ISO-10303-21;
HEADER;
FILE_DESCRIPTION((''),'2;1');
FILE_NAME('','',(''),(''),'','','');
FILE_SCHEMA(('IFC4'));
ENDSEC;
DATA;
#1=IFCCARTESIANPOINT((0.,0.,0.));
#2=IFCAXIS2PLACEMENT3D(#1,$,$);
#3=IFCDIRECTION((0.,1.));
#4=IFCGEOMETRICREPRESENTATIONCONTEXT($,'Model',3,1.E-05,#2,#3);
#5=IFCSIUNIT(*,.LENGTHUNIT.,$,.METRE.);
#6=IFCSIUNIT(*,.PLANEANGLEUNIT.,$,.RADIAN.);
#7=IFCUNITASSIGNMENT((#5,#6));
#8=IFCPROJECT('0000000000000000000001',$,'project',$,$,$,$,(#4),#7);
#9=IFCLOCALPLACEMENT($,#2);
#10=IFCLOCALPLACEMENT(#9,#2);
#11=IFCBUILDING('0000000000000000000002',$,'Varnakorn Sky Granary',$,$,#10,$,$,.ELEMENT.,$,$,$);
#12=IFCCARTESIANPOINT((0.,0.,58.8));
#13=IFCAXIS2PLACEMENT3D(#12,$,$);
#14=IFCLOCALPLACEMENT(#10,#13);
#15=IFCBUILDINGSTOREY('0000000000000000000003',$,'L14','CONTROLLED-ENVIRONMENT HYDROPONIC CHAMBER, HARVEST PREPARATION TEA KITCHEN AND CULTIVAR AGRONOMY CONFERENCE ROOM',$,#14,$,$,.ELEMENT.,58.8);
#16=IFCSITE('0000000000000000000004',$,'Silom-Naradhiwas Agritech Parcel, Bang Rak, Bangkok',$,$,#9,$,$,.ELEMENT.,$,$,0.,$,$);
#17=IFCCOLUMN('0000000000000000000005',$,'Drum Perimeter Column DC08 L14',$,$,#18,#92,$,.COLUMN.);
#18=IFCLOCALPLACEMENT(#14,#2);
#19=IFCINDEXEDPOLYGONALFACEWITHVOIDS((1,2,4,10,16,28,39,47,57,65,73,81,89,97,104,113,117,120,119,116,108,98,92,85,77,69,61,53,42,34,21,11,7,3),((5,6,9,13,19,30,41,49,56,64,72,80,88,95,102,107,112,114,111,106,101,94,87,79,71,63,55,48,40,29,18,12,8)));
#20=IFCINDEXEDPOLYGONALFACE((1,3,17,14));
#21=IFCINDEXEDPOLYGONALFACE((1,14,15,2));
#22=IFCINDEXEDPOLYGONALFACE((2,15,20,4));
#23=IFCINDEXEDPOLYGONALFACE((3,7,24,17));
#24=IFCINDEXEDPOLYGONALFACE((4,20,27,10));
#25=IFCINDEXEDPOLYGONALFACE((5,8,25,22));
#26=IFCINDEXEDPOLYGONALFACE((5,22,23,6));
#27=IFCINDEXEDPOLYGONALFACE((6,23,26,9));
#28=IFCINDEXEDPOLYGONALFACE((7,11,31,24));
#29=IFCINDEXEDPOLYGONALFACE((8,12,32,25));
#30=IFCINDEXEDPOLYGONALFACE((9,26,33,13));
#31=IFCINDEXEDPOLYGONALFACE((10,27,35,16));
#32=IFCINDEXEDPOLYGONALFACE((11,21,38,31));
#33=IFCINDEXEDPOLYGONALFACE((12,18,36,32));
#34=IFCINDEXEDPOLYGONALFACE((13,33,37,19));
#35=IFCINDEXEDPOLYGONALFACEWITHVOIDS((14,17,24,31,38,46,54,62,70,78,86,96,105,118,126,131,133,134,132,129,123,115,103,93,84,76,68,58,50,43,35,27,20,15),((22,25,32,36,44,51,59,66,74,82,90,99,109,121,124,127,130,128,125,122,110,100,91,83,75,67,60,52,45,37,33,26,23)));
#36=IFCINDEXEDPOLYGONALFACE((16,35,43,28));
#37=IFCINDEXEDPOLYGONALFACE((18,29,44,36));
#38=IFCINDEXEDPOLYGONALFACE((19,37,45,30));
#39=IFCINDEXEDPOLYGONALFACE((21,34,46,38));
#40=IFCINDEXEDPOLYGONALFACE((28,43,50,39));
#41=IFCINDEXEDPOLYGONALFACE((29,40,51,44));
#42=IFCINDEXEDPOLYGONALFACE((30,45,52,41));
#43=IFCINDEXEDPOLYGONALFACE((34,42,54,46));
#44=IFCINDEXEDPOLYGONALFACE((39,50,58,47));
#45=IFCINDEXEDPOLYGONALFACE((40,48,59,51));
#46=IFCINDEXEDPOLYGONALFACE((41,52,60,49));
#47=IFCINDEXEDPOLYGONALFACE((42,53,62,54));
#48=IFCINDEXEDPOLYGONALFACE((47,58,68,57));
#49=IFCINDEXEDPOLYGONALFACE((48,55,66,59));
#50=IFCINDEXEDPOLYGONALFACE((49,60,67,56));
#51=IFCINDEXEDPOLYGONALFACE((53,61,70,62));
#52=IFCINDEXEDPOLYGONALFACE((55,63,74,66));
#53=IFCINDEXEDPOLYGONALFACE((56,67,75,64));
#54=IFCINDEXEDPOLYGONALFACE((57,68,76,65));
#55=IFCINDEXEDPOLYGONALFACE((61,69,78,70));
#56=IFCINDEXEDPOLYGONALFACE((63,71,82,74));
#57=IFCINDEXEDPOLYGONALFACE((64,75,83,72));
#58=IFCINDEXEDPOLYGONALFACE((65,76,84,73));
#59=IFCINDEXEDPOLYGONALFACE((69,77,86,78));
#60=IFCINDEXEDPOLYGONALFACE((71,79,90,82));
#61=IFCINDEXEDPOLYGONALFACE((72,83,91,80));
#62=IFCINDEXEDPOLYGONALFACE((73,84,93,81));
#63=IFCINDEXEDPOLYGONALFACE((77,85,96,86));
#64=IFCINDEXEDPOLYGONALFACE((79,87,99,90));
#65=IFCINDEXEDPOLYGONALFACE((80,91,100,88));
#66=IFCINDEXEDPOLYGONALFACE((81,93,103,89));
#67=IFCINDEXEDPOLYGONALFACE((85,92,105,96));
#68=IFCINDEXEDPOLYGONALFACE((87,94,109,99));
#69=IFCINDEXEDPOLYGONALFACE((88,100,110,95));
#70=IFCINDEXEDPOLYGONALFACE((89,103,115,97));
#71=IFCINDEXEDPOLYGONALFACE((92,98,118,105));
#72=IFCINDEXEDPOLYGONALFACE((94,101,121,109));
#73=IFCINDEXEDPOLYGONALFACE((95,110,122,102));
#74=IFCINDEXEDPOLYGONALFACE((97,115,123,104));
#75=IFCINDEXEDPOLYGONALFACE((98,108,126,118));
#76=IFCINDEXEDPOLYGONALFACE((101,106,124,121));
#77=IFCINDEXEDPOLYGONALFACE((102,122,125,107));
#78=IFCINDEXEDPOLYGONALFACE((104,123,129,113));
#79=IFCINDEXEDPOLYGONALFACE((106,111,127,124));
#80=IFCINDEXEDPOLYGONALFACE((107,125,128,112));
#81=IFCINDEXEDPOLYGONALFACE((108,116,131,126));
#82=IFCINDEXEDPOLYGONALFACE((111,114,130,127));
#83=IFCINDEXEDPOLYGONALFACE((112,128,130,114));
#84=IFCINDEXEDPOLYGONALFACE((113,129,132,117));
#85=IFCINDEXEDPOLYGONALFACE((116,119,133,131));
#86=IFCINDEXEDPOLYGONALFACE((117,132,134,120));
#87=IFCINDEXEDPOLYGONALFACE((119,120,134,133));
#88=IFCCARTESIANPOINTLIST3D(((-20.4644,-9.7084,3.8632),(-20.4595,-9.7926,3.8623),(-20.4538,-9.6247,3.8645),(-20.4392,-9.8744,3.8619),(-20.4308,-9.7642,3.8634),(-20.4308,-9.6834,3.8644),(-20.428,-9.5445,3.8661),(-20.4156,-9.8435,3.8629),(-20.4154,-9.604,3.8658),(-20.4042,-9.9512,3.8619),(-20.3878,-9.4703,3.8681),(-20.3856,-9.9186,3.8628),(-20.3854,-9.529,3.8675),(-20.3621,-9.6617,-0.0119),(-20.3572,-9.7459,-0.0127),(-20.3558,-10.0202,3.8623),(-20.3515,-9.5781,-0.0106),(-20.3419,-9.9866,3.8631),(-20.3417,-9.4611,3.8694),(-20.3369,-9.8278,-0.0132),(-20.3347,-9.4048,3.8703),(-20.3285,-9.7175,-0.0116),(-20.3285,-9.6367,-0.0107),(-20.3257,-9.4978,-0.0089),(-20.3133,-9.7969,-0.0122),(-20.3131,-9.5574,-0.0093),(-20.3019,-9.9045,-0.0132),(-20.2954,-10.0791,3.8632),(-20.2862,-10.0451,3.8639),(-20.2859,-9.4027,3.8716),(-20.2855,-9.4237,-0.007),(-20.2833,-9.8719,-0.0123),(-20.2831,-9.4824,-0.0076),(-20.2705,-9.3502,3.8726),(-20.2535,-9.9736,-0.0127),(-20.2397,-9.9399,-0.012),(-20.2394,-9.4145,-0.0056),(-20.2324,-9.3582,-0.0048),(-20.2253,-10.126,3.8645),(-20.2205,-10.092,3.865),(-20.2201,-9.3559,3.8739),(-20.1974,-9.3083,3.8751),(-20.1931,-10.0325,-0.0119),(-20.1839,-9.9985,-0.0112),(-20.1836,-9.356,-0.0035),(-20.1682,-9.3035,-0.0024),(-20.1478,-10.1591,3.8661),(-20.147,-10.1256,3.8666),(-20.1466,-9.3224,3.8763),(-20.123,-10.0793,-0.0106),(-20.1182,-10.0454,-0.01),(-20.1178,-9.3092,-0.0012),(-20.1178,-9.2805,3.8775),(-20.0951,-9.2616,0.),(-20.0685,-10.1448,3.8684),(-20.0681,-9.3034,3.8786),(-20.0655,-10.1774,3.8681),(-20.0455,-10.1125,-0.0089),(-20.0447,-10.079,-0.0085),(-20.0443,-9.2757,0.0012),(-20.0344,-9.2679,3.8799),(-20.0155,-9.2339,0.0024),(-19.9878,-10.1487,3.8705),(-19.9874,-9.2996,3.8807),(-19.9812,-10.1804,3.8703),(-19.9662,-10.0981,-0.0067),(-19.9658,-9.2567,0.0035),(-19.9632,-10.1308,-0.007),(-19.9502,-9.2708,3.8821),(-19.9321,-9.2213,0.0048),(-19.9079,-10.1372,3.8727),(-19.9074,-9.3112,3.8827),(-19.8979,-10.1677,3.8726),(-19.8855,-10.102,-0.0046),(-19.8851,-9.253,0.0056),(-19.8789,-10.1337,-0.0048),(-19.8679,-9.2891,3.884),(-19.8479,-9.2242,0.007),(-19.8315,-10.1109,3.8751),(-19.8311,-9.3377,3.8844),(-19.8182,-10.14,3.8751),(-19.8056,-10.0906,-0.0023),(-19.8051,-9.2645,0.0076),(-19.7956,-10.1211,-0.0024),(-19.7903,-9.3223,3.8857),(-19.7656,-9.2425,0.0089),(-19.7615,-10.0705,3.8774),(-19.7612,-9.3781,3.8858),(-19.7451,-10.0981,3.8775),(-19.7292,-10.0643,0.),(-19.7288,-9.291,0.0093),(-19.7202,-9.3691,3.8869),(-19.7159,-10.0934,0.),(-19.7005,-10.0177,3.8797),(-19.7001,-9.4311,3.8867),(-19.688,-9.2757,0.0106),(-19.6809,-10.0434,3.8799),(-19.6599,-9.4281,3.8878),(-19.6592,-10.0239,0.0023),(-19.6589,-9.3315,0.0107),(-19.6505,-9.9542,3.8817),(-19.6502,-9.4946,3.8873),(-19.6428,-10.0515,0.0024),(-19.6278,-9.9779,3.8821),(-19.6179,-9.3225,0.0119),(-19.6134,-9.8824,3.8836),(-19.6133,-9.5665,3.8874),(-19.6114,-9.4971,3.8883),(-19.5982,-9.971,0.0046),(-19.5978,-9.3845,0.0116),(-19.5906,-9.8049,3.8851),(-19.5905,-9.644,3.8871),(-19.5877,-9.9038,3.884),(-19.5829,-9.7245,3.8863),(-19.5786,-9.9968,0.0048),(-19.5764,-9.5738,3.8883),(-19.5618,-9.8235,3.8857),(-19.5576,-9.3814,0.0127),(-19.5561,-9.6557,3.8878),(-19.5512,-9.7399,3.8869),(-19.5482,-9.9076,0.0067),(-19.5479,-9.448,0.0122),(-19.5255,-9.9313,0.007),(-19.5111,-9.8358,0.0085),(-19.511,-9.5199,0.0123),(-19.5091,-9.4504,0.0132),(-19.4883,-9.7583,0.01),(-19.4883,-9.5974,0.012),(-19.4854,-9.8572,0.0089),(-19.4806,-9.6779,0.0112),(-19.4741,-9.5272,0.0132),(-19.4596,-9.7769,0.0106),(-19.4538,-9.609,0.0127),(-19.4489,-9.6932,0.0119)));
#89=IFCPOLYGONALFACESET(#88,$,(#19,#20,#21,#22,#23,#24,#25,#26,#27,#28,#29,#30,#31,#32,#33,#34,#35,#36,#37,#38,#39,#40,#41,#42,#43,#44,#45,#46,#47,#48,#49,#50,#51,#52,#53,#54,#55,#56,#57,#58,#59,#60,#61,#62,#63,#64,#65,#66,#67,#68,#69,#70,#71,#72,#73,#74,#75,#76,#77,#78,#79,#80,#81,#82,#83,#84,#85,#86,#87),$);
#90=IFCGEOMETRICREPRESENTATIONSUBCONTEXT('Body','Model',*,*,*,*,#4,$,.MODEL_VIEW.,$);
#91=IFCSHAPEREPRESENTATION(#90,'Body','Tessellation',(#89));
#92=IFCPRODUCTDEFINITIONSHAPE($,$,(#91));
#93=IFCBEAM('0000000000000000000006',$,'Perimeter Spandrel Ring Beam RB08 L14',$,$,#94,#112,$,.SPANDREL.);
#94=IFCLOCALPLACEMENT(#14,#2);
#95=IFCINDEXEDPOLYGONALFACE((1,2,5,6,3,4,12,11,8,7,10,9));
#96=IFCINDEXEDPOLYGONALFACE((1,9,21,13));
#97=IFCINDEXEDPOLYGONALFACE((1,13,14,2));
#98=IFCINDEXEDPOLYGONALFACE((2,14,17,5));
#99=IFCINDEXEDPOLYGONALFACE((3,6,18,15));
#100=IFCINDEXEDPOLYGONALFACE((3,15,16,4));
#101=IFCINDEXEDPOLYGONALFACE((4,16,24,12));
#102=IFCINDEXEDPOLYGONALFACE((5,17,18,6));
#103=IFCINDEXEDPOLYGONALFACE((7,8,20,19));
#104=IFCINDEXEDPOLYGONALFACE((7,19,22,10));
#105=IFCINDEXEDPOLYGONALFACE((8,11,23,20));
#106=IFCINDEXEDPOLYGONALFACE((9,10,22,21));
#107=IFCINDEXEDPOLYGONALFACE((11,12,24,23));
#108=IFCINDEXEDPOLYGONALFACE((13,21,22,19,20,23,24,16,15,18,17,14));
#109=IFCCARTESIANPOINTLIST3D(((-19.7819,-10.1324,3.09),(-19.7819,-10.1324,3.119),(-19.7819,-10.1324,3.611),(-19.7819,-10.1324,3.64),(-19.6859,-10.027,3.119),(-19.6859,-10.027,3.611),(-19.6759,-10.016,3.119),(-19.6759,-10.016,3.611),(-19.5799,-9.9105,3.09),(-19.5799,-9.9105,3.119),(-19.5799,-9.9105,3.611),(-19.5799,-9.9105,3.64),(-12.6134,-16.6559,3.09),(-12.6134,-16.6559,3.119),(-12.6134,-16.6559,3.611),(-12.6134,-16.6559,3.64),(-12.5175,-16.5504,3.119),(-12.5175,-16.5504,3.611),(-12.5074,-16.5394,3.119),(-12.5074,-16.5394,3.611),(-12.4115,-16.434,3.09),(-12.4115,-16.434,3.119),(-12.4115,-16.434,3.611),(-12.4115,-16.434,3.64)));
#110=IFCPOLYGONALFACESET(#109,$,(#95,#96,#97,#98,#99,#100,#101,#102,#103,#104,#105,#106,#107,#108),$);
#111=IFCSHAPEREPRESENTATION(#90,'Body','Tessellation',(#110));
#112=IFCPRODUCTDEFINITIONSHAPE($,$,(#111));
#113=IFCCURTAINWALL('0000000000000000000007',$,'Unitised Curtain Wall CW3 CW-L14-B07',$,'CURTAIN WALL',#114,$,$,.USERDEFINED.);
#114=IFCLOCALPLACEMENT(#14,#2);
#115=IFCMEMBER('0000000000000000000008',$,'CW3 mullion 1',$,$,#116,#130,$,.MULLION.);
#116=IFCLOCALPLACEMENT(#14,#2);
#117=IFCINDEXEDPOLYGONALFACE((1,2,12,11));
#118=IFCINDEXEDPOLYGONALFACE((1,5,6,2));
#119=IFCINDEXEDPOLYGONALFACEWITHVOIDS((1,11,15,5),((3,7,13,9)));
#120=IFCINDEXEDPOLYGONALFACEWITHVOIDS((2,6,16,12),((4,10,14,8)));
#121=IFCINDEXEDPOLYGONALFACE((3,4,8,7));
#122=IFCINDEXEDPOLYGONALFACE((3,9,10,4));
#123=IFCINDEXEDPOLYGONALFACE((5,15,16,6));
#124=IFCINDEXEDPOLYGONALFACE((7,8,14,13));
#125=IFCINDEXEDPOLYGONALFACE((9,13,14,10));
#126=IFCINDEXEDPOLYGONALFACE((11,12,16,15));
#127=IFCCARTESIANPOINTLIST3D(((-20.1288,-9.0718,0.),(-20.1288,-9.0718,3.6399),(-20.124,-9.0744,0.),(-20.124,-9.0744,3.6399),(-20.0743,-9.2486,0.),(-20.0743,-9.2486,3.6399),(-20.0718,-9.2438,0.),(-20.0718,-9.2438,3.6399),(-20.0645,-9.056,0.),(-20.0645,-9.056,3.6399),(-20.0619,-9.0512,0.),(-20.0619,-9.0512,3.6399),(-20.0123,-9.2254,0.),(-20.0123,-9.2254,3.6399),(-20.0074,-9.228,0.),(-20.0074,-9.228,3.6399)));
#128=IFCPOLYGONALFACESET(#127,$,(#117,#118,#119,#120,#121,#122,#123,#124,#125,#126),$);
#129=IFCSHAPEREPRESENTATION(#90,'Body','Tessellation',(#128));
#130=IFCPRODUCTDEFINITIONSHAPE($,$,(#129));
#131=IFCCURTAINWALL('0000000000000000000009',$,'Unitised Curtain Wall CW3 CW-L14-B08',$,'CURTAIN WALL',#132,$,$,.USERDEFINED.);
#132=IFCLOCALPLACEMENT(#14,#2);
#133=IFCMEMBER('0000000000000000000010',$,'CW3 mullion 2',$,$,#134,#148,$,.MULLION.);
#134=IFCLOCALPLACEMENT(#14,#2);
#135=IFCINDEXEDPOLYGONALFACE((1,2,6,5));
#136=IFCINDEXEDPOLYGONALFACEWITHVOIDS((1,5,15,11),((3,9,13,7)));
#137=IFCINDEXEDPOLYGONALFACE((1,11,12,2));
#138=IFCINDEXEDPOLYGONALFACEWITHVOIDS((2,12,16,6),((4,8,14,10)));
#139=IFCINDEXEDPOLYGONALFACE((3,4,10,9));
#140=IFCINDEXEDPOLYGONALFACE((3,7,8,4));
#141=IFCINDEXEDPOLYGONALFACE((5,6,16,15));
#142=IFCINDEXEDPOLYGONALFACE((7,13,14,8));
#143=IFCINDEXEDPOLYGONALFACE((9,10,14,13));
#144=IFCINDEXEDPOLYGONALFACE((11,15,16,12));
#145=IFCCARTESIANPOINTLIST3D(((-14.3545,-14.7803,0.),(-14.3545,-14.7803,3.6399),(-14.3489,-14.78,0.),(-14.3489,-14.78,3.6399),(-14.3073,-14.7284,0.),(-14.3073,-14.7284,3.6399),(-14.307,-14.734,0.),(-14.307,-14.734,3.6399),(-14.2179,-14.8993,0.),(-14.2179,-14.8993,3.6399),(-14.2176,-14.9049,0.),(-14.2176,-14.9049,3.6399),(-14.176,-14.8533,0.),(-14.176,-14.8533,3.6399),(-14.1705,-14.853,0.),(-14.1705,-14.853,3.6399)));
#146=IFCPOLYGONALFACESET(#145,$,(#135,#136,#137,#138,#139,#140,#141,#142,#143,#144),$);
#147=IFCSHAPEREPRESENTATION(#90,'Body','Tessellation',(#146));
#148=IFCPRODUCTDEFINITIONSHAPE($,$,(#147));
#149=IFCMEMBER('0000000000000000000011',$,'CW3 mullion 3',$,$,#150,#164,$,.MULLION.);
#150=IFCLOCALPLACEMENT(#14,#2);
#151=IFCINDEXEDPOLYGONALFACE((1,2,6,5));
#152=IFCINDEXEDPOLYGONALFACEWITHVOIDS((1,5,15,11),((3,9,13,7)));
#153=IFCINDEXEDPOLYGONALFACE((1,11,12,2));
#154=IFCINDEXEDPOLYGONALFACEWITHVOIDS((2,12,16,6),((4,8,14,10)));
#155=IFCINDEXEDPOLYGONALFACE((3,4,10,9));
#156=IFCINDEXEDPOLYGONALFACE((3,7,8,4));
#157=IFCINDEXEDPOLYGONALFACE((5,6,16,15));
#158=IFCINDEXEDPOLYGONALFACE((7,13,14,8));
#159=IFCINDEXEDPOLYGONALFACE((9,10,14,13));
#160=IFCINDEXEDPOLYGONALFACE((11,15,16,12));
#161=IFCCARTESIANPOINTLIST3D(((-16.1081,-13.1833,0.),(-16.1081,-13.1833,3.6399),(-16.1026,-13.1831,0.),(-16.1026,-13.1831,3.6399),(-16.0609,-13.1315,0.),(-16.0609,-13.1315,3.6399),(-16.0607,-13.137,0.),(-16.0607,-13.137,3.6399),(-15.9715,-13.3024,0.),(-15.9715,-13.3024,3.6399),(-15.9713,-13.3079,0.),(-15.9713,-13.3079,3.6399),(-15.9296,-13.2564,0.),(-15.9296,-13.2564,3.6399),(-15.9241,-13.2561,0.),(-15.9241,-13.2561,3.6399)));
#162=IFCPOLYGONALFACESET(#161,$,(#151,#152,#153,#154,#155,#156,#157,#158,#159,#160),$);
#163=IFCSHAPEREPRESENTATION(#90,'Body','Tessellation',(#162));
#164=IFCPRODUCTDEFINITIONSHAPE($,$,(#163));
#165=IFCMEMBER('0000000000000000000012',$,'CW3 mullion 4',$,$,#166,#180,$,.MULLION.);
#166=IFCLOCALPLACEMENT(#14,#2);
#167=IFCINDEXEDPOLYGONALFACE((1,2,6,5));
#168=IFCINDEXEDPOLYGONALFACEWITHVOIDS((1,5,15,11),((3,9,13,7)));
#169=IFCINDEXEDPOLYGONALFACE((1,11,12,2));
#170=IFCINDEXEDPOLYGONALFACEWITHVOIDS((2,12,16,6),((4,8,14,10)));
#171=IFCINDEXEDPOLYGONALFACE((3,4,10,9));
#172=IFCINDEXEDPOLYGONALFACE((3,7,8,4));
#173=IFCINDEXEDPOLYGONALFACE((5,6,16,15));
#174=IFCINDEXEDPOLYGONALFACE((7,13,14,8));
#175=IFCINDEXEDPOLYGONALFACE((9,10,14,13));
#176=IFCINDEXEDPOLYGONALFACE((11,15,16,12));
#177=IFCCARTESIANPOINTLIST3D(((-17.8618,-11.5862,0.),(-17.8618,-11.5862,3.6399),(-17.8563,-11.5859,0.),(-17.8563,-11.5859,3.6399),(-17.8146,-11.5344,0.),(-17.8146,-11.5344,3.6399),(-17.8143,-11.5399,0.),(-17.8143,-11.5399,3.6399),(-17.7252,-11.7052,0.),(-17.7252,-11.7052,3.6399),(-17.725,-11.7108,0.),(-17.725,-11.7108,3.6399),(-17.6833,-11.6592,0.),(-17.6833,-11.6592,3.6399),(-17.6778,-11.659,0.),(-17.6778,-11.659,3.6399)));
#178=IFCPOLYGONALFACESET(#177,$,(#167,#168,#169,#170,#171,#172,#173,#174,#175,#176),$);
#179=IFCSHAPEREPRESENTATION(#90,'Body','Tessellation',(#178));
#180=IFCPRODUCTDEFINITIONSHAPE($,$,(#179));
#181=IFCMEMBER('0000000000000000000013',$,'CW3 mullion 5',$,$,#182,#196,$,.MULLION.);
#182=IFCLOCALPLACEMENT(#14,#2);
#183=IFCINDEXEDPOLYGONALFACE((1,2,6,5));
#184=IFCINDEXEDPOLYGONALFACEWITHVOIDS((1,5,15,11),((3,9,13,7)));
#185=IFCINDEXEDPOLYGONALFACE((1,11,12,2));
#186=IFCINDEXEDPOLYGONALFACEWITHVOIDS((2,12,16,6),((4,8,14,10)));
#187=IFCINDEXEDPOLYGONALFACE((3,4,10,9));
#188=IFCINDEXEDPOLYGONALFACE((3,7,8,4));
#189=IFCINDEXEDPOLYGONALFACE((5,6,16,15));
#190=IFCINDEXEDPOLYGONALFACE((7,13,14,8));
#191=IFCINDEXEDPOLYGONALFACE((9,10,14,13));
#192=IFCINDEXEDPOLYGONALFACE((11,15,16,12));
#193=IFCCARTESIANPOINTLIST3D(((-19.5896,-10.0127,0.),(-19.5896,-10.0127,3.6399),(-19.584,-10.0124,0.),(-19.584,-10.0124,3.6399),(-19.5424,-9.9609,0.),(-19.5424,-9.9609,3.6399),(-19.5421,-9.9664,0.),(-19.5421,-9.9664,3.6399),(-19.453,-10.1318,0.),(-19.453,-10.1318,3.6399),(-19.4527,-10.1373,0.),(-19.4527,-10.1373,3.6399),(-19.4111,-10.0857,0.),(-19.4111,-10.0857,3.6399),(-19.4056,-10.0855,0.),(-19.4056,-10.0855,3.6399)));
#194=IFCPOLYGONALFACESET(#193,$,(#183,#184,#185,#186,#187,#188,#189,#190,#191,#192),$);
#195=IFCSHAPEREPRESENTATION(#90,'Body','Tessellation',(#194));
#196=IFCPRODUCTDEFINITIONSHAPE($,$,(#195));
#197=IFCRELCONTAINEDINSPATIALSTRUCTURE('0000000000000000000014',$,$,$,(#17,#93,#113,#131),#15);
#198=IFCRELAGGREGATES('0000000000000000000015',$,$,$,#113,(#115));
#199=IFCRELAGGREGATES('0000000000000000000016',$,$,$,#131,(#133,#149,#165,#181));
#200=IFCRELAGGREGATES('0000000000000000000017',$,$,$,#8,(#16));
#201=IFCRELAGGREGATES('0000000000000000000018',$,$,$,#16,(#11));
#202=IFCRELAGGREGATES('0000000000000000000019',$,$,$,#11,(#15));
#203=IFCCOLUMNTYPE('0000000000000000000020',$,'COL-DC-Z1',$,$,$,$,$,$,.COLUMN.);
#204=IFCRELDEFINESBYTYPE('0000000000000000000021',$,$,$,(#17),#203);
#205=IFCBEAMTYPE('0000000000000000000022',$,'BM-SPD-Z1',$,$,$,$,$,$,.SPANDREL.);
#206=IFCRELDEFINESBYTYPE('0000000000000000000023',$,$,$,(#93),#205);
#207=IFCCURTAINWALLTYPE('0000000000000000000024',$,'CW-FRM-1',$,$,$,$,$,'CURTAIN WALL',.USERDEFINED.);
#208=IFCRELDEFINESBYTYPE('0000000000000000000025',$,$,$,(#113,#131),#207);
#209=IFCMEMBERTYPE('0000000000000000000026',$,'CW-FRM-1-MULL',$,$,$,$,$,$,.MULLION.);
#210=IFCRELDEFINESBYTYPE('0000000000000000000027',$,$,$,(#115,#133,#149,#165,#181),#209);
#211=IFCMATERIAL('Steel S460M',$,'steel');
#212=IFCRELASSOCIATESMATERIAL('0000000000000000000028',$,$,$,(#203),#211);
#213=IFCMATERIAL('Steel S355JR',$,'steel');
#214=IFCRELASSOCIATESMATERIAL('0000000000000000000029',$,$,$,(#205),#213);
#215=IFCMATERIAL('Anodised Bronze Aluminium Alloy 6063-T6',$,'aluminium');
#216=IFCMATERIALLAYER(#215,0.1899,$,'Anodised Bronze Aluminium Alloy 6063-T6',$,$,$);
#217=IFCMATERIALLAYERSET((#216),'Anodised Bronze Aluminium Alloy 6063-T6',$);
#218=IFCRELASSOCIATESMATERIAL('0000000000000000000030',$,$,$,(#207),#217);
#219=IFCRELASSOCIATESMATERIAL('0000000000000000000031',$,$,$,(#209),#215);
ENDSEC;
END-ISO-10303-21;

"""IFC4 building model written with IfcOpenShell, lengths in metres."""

from ifc_helpers import new_model, si_unit, direction, frame, origin, origin_2d, place, context, subcontext, project, spatial, hollow_rectangle, hollow_circle, i_section, extrude, material, layer, layer_set, material_profile, profile_set, type_object, element, aggregate, save


model = new_model("IFC4")

# Units and contexts
model_context = context("Model", 3, precision=1e-05, world=origin(), true_north=direction((0.0, 1.0)))
body_context = subcontext(model_context, "Body", "Model", "MODEL_VIEW")
ifc_project = project(units=[si_unit("LENGTHUNIT", "METRE"), si_unit("PLANEANGLEUNIT", "RADIAN")], contexts=[model_context])

# Site, building, storey
site_placement = place(None, origin())
site = spatial("IfcSite", under=ifc_project, at=site_placement, Name="Silom-Naradhiwas Agritech Parcel, Bang Rak, Bangkok", CompositionType="ELEMENT", RefElevation=0.0)
building_placement = place(site_placement, origin())
building = spatial("IfcBuilding", under=site, at=building_placement, Name="Varnakorn Sky Granary", CompositionType="ELEMENT")
storey_placement = place(building_placement, frame((0.0, 0.0, 58.8)))
storey = spatial("IfcBuildingStorey", under=building, at=storey_placement, Name="L14", Description="CONTROLLED-ENVIRONMENT HYDROPONIC CHAMBER, HARVEST PREPARATION TEA KITCHEN AND CULTIVAR AGRONOMY CONFERENCE ROOM", CompositionType="ELEMENT", Elevation=58.8)

# Column
ifc_material_1 = material(Name="Steel S460M", Category="steel")
ifc_material_profile_1 = material_profile(ifc_material_1, hollow_circle(Radius=0.457, WallThickness=0.032, at=origin_2d()), Name="CHS 914x32")
ifc_profile_set_1 = profile_set([ifc_material_profile_1], Name="Steel S460M")
column_type = type_object("IfcColumnType", Name="COL-DC-Z1", PredefinedType="COLUMN", material=ifc_profile_set_1)
column_placement = place(storey_placement, frame((-19.9055, -9.6775, 0.0), z_axis=(-0.026388, -0.012029, 0.999579), x_axis=(0.414784, -0.90992, 0.0)))
element("IfcColumn", 1, at=column_placement, inside=storey, type_object=column_type, Name="Drum Perimeter Column DC08 L14", PredefinedType="COLUMN", context=body_context, shape_type="SweptSolid", body=[
    extrude(hollow_circle(Radius=0.457, WallThickness=0.032, at=origin_2d()), origin(), (0.0, 0.0, 1.0), 3.8767),
])

# Beam
ifc_material_2 = material(Name="Steel S355JR", Category="steel")
ifc_material_profile_2 = material_profile(ifc_material_2, i_section(OverallWidth=0.3, OverallDepth=0.55, WebThickness=0.0149, FlangeThickness=0.0291, at=origin_2d()), Name="HE 550 B")
ifc_profile_set_2 = profile_set([ifc_material_profile_2], Name="Steel S355JR")
beam_type = type_object("IfcBeamType", Name="BM-SPD-Z1", PredefinedType="SPANDREL", material=ifc_profile_set_2)
beam_placement = place(storey_placement, frame((-19.6809, -10.0215, 3.365), z_axis=(0.739598, -0.673049, 0.0), x_axis=(0.673049, 0.739598, 0.0)))
element("IfcBeam", 2, at=beam_placement, inside=storey, type_object=beam_type, Name="Perimeter Spandrel Ring Beam RB08 L14", PredefinedType="SPANDREL", context=body_context, shape_type="SweptSolid", body=[
    extrude(i_section(OverallWidth=0.3, OverallDepth=0.55, WebThickness=0.0149, FlangeThickness=0.0291, at=origin_2d()), origin(), (0.0, 0.0, 1.0), 9.6924),
])

# Curtain wall, member
ifc_material_3 = material(Name="Anodised Bronze Aluminium Alloy 6063-T6", Category="aluminium")
ifc_layer_1 = layer(ifc_material_3, 0.1899, Name="Anodised Bronze Aluminium Alloy 6063-T6")
ifc_layer_set_1 = layer_set([ifc_layer_1], Name="Anodised Bronze Aluminium Alloy 6063-T6")
curtain_wall_type = type_object("IfcCurtainWallType", Name="CW-FRM-1", ElementType="CURTAIN WALL", PredefinedType="USERDEFINED", material=ifc_layer_set_1)
curtain_wall_1_placement = place(storey_placement, origin())
curtain_wall_1 = element("IfcCurtainWall", 3, at=curtain_wall_1_placement, inside=storey, type_object=curtain_wall_type, Name="Unitised Curtain Wall CW3 CW-L14-B07", ObjectType="CURTAIN WALL", PredefinedType="USERDEFINED")
ifc_material_profile_3 = material_profile(ifc_material_3, hollow_rectangle(XDim=0.0701, YDim=0.1851, WallThickness=0.0039, at=origin_2d()), Name="ALU MULL 70x185")
ifc_profile_set_3 = profile_set([ifc_material_profile_3], Name="Anodised Bronze Aluminium Alloy 6063-T6")
member_type_1 = type_object("IfcMemberType", Name="CW-FRM-1-MULL", PredefinedType="MULLION", material=ifc_profile_set_3)
member_1_placement = place(storey_placement, frame((-20.0681, -9.1499, 0.0), z_axis=(0.0, 0.0, 1.0), x_axis=(-0.95565, -0.294505, 0.0)))
member_1 = element("IfcMember", 4, at=member_1_placement, type_object=member_type_1, Name="CW3 mullion 1", PredefinedType="MULLION", context=body_context, shape_type="SweptSolid", body=[
    extrude(hollow_rectangle(XDim=0.0701, YDim=0.1851, WallThickness=0.0039, at=origin_2d()), origin(), (0.0, 0.0, 1.0), 3.6399),
])
aggregate(curtain_wall_1, [member_1])

# Curtain wall, members
curtain_wall_2_placement = place(storey_placement, origin())
curtain_wall_2 = element("IfcCurtainWall", 5, at=curtain_wall_2_placement, inside=storey, type_object=curtain_wall_type, Name="Unitised Curtain Wall CW3 CW-L14-B08", ObjectType="CURTAIN WALL", PredefinedType="USERDEFINED")
member_2_placement = place(storey_placement, frame((-14.2625, -14.8167, 0.0), z_axis=(0.0, 0.0, 1.0), x_axis=(-0.673319, -0.739352, 0.0)))
member_2 = element("IfcMember", 6, at=member_2_placement, type_object=member_type_1, Name="CW3 mullion 2", PredefinedType="MULLION", context=body_context, shape_type="SweptSolid", body=[
    extrude(hollow_rectangle(XDim=0.0701, YDim=0.1851, WallThickness=0.0039, at=origin_2d()), origin(), (0.0, 0.0, 1.0), 3.6399),
])
member_3_placement = place(storey_placement, frame((-16.0161, -13.2197, 0.0), z_axis=(0.0, 0.0, 1.0), x_axis=(-0.673319, -0.739352, 0.0)))
member_3 = element("IfcMember", 7, at=member_3_placement, type_object=member_type_1, Name="CW3 mullion 3", PredefinedType="MULLION", context=body_context, shape_type="SweptSolid", body=[
    extrude(hollow_rectangle(XDim=0.0701, YDim=0.1851, WallThickness=0.0039, at=origin_2d()), origin(), (0.0, 0.0, 1.0), 3.6399),
])
member_4_placement = place(storey_placement, frame((-17.7698, -11.6226, 0.0), z_axis=(0.0, 0.0, 1.0), x_axis=(-0.673319, -0.739352, 0.0)))
member_4 = element("IfcMember", 8, at=member_4_placement, type_object=member_type_1, Name="CW3 mullion 4", PredefinedType="MULLION", context=body_context, shape_type="SweptSolid", body=[
    extrude(hollow_rectangle(XDim=0.0701, YDim=0.1851, WallThickness=0.0039, at=origin_2d()), origin(), (0.0, 0.0, 1.0), 3.6399),
])
member_5_placement = place(storey_placement, frame((-19.4976, -10.0491, 0.0), z_axis=(0.0, 0.0, 1.0), x_axis=(-0.673319, -0.739352, 0.0)))
member_5 = element("IfcMember", 9, at=member_5_placement, type_object=member_type_1, Name="CW3 mullion 5", PredefinedType="MULLION", context=body_context, shape_type="SweptSolid", body=[
    extrude(hollow_rectangle(XDim=0.0701, YDim=0.1851, WallThickness=0.0039, at=origin_2d()), origin(), (0.0, 0.0, 1.0), 3.6399),
])

aggregate(curtain_wall_2, [member_2, member_3, member_4, member_5])

save(model, "model.ifc")
